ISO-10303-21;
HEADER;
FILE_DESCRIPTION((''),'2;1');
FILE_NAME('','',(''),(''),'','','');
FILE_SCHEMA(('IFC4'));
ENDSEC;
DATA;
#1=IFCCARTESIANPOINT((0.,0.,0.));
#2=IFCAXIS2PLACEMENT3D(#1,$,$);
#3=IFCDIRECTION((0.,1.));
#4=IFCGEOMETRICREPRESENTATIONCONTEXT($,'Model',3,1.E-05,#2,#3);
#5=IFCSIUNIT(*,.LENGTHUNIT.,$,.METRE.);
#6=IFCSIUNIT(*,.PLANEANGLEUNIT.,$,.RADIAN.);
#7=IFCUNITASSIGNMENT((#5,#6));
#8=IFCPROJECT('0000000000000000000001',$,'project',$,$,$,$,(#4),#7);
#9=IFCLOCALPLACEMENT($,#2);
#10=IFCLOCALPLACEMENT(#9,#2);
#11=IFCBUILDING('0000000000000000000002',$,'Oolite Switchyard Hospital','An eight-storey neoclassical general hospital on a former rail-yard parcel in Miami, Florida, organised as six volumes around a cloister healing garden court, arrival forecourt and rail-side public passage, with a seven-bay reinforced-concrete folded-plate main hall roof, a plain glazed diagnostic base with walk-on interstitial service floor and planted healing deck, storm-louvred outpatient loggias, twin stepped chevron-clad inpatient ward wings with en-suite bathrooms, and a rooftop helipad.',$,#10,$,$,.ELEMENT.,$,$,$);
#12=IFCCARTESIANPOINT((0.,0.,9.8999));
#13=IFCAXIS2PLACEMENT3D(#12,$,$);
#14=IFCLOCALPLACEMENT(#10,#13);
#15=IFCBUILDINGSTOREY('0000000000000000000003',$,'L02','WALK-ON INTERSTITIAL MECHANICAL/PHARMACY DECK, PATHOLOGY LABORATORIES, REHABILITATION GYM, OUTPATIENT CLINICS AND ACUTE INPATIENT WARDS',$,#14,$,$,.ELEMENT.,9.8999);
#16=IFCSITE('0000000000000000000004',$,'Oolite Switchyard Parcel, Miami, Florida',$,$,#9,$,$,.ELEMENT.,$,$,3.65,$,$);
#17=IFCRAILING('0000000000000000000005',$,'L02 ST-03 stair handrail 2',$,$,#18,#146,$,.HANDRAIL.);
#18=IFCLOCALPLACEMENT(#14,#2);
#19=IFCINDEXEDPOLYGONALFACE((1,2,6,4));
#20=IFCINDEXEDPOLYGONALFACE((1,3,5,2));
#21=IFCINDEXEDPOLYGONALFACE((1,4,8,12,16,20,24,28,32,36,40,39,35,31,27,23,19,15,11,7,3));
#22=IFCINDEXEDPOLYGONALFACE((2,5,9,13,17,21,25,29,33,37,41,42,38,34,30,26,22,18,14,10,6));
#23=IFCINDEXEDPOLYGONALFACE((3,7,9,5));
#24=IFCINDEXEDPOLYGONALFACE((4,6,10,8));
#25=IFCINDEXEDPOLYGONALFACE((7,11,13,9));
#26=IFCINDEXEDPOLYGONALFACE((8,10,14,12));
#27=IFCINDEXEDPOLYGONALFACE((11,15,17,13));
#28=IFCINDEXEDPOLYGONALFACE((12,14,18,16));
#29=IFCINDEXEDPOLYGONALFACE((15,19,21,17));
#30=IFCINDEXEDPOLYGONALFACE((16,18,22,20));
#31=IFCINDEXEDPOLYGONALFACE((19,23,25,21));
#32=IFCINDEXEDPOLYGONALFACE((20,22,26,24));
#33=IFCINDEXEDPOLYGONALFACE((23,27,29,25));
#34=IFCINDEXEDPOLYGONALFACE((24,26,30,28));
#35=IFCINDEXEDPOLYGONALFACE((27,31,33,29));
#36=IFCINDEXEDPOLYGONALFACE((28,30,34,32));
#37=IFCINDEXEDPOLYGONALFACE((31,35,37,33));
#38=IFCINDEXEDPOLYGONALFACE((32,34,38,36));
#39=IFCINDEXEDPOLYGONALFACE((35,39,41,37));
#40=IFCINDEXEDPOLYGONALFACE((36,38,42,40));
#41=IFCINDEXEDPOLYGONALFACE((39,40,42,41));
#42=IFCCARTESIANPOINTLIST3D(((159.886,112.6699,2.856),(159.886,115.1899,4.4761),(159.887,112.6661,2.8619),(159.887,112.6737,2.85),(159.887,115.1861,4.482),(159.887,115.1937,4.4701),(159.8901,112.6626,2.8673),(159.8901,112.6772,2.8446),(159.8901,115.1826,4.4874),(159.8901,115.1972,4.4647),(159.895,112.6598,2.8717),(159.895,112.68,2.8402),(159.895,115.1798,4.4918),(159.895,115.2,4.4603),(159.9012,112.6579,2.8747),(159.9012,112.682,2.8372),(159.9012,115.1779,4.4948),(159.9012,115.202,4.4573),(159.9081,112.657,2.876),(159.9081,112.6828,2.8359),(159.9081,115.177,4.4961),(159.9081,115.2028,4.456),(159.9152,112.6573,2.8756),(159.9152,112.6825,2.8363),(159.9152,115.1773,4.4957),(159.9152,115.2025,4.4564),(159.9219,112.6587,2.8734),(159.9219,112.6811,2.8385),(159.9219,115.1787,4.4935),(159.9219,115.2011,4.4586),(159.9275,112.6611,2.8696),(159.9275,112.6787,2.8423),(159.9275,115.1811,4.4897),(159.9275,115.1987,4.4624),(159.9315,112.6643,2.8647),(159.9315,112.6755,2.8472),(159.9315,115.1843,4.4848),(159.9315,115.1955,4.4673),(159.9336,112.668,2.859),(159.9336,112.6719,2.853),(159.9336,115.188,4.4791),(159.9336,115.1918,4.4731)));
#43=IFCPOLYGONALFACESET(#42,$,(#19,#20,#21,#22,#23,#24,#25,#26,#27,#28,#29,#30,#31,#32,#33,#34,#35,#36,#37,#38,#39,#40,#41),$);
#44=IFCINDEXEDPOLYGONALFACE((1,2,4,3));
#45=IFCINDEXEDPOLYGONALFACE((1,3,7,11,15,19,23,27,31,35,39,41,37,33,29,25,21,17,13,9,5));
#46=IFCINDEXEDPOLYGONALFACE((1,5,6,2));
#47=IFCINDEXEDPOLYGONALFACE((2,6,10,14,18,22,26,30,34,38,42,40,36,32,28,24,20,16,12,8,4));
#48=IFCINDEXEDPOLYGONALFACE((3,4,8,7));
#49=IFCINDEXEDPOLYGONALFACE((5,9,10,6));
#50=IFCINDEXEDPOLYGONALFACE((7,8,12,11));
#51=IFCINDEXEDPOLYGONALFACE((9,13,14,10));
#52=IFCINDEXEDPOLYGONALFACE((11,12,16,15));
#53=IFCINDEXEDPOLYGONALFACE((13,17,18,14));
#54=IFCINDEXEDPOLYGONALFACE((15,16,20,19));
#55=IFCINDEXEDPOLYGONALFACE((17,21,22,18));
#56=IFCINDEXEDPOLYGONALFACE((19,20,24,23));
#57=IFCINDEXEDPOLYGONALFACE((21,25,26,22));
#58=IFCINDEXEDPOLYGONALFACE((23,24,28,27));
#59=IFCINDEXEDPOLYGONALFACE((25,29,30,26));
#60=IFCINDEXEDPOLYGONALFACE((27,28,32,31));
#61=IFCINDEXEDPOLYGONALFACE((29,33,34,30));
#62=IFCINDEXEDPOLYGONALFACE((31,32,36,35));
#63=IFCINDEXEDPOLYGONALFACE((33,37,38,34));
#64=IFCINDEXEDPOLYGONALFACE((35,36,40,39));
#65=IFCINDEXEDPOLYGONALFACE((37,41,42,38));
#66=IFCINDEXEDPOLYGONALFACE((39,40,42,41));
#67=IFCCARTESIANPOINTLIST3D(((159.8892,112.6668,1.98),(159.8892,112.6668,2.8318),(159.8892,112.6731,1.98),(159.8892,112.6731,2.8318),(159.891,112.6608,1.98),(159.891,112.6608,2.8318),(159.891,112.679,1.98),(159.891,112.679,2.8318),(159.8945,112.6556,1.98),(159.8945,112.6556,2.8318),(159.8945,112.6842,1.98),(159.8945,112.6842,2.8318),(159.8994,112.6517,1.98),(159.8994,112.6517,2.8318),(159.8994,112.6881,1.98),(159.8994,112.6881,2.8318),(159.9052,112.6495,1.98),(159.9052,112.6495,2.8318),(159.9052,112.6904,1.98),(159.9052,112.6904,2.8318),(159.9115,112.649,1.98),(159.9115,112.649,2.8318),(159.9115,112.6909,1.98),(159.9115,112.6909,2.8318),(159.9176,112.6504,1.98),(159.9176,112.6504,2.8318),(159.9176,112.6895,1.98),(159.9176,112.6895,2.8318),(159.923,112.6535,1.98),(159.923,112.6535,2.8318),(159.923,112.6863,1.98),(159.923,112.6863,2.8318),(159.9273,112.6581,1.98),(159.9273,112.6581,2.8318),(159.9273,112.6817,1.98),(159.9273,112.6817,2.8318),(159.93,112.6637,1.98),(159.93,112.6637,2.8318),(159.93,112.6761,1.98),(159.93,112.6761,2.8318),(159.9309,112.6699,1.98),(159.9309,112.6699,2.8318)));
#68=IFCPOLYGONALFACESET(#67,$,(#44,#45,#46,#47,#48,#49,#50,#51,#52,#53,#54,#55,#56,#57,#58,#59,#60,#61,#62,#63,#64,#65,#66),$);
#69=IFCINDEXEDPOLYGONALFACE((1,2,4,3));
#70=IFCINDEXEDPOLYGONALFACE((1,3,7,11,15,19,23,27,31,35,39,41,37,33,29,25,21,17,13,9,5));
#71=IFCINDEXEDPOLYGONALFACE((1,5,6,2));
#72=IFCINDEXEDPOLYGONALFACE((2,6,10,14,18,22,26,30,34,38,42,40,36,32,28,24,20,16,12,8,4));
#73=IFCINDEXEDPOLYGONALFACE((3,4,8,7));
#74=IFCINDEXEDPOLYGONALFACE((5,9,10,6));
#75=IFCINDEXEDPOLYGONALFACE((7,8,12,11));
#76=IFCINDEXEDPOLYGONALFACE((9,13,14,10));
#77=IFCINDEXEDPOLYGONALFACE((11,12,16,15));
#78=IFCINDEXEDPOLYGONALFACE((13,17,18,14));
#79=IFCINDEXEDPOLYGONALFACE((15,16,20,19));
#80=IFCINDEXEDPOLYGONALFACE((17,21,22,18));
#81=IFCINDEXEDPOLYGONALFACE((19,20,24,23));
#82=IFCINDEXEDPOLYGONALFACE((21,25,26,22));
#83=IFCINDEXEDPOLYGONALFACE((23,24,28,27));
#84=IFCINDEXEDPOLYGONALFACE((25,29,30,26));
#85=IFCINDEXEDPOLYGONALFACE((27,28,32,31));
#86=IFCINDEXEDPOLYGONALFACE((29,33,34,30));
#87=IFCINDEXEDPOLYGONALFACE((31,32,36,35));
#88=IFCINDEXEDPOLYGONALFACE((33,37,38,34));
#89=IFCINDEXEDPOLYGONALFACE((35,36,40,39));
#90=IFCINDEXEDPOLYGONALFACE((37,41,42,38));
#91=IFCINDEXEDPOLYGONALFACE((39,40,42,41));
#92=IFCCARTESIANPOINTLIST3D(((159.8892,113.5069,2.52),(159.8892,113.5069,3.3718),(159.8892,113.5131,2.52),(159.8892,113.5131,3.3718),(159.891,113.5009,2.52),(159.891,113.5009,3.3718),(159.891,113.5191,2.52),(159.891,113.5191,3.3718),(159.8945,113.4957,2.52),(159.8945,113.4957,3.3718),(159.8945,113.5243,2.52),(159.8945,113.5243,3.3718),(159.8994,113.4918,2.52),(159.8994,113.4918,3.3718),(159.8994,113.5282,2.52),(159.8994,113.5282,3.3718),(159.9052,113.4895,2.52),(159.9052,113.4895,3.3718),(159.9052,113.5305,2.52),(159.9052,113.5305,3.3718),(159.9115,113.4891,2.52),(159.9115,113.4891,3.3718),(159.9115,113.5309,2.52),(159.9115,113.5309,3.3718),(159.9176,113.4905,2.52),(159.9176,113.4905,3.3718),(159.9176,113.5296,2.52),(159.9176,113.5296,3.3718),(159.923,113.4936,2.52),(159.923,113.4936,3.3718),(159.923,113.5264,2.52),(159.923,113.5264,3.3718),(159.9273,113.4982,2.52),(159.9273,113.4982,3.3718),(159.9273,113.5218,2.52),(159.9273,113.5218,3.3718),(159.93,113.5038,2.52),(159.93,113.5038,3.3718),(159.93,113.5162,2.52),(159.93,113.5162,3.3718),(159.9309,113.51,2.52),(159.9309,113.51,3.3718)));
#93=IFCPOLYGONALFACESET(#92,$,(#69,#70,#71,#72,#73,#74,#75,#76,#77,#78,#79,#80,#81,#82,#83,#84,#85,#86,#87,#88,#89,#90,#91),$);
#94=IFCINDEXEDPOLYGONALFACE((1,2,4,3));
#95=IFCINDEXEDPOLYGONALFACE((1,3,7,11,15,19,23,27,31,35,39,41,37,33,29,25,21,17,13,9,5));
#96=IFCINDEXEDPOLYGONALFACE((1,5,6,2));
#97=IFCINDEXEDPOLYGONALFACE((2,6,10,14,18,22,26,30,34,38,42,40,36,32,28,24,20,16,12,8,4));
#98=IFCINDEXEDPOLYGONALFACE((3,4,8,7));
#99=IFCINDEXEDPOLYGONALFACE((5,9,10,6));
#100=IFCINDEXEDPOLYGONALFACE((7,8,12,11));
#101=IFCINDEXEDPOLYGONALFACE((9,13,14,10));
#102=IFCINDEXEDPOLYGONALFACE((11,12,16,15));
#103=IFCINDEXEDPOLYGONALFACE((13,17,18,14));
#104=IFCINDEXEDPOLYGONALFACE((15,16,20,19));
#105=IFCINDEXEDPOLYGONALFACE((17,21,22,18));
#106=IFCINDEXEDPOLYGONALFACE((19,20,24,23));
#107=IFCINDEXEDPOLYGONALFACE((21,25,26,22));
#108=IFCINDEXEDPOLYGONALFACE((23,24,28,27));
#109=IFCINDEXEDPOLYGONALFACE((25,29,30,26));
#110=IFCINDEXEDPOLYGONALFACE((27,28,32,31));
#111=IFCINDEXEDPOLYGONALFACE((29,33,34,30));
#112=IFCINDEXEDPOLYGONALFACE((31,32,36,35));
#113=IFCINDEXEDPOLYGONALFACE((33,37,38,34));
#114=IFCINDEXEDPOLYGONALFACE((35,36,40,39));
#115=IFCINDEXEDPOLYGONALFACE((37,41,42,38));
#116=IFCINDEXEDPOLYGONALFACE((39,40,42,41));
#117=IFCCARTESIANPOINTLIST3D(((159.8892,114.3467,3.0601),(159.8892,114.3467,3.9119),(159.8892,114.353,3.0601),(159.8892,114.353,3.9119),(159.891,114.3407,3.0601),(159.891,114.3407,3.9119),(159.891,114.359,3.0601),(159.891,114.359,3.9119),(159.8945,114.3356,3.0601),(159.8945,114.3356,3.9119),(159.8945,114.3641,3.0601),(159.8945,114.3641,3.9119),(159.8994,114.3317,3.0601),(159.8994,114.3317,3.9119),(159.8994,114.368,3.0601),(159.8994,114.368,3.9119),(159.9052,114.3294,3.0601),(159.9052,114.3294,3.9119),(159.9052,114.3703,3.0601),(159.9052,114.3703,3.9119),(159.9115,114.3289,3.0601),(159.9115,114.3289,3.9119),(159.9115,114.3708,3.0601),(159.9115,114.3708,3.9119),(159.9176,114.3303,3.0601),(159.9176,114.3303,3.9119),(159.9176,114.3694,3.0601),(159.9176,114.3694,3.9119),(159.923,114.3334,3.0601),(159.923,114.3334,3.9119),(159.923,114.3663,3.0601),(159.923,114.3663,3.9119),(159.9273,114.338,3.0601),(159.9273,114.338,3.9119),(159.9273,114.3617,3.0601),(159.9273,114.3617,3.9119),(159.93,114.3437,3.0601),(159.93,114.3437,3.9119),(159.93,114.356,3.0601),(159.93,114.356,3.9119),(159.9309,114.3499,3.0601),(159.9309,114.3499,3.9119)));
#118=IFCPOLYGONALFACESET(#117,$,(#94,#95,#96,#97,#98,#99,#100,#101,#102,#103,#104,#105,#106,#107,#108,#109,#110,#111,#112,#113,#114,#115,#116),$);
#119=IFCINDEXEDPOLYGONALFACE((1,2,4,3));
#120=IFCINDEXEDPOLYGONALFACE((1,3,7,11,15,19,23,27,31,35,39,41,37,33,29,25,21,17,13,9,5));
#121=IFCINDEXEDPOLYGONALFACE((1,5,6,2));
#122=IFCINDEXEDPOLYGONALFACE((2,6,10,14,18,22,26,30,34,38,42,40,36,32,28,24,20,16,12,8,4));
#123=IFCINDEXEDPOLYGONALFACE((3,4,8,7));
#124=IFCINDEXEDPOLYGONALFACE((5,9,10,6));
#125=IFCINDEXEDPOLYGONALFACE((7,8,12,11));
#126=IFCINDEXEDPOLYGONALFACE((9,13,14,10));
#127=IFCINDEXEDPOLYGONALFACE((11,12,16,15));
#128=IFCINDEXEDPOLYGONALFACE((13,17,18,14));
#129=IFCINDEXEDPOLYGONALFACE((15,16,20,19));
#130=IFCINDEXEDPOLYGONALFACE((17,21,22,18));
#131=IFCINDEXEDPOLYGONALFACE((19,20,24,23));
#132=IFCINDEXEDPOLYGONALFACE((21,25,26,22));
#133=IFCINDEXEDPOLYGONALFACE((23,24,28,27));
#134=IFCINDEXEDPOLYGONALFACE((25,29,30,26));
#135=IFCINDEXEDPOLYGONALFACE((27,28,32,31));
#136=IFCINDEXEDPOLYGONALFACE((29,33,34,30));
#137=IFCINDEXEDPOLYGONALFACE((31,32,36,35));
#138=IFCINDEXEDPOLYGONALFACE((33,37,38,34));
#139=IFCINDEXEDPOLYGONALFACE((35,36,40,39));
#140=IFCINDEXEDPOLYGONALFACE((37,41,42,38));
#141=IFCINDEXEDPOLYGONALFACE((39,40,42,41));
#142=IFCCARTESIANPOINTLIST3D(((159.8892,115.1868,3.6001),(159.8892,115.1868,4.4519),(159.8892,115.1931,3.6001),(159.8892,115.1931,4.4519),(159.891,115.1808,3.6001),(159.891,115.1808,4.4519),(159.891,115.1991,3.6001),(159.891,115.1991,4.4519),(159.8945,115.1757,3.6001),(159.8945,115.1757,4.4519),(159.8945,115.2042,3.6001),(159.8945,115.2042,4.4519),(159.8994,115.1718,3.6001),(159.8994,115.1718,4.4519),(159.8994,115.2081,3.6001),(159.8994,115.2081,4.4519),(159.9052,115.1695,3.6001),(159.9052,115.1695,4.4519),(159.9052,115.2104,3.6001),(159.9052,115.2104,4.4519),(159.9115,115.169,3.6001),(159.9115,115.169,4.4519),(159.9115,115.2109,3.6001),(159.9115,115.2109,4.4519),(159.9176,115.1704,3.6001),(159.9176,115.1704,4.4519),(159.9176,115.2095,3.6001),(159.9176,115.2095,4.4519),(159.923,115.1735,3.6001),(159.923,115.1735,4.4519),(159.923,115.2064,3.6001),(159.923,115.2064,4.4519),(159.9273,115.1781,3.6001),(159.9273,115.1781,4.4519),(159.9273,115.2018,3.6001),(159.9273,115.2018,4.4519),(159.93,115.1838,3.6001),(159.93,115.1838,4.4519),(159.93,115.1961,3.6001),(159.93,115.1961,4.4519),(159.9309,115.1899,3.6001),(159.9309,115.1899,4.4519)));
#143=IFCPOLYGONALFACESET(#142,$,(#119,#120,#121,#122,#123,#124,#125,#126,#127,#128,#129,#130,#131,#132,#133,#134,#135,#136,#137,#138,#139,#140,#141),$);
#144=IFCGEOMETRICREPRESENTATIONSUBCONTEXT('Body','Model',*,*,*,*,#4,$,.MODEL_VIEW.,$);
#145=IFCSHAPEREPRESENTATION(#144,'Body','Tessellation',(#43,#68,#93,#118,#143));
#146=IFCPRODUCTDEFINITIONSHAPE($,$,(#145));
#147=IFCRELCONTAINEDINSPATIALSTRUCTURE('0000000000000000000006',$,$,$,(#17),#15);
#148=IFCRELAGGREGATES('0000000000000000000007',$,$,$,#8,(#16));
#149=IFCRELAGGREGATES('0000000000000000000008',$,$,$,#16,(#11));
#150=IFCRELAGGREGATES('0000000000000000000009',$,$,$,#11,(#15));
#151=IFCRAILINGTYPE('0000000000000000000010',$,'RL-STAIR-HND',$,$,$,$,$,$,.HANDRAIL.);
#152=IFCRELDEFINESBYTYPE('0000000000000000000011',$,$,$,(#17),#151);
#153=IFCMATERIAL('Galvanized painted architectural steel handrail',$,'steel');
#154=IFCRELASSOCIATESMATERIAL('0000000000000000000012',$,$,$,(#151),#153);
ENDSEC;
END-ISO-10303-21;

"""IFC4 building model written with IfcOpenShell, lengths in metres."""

from ifc_helpers import new_model, si_unit, direction, frame, origin, origin_2d, place, context, subcontext, project, spatial, circle, extrude, material, type_object, element, save


model = new_model("IFC4")

# Units and contexts
model_context = context("Model", 3, precision=1e-05, world=origin(), true_north=direction((0.0, 1.0)))
body_context = subcontext(model_context, "Body", "Model", "MODEL_VIEW")
ifc_project = project(units=[si_unit("LENGTHUNIT", "METRE"), si_unit("PLANEANGLEUNIT", "RADIAN")], contexts=[model_context])

# Site, building, storey
site_placement = place(None, origin())
site = spatial("IfcSite", under=ifc_project, at=site_placement, Name="Oolite Switchyard Parcel, Miami, Florida", CompositionType="ELEMENT", RefElevation=3.65)
building_placement = place(site_placement, origin())
building = spatial("IfcBuilding", under=site, at=building_placement, Name="Oolite Switchyard Hospital", Description="An eight-storey neoclassical general hospital on a former rail-yard parcel in Miami, Florida, organised as six volumes around a cloister healing garden court, arrival forecourt and rail-side public passage, with a seven-bay reinforced-concrete folded-plate main hall roof, a plain glazed diagnostic base with walk-on interstitial service floor and planted healing deck, storm-louvred outpatient loggias, twin stepped chevron-clad inpatient ward wings with en-suite bathrooms, and a rooftop helipad.", CompositionType="ELEMENT")
storey_placement = place(building_placement, frame((0.0, 0.0, 9.8999)))
storey = spatial("IfcBuildingStorey", under=building, at=storey_placement, Name="L02", Description="WALK-ON INTERSTITIAL MECHANICAL/PHARMACY DECK, PATHOLOGY LABORATORIES, REHABILITATION GYM, OUTPATIENT CLINICS AND ACUTE INPATIENT WARDS", CompositionType="ELEMENT", Elevation=9.8999)

# Railing
ifc_material_1 = material(Name="Galvanized painted architectural steel handrail", Category="steel")
railing_type_1 = type_object("IfcRailingType", Name="RL-STAIR-HND", PredefinedType="HANDRAIL", material=ifc_material_1)
railing_1_placement = place(storey_placement, frame((159.9099, 112.6699, 1.98)))
element("IfcRailing", 1, at=railing_1_placement, inside=storey, type_object=railing_type_1, Name="L02 ST-03 stair handrail 2", PredefinedType="HANDRAIL", context=body_context, shape_type="SweptSolid", body=[
    extrude(circle(Radius=0.0239, at=origin_2d()), frame((0.0, 0.0, 0.876), z_axis=(0.0, 0.841163, 0.540782), x_axis=(-1.0, 0.0, 0.0)), (0.0, 0.0, 1.0), 2.9958),
    extrude(circle(Radius=0.021, at=origin_2d()), origin(), (0.0, 0.0, 1.0), 0.8518),
    extrude(circle(Radius=0.021, at=origin_2d()), frame((0.0, 0.8401, 0.54)), (0.0, 0.0, 1.0), 0.8518),
    extrude(circle(Radius=0.021, at=origin_2d()), frame((0.0, 1.6799, 1.0801)), (0.0, 0.0, 1.0), 0.8518),
    extrude(circle(Radius=0.021, at=origin_2d()), frame((0.0, 2.52, 1.6201)), (0.0, 0.0, 1.0), 0.8518),
])

save(model, "model.ifc")
